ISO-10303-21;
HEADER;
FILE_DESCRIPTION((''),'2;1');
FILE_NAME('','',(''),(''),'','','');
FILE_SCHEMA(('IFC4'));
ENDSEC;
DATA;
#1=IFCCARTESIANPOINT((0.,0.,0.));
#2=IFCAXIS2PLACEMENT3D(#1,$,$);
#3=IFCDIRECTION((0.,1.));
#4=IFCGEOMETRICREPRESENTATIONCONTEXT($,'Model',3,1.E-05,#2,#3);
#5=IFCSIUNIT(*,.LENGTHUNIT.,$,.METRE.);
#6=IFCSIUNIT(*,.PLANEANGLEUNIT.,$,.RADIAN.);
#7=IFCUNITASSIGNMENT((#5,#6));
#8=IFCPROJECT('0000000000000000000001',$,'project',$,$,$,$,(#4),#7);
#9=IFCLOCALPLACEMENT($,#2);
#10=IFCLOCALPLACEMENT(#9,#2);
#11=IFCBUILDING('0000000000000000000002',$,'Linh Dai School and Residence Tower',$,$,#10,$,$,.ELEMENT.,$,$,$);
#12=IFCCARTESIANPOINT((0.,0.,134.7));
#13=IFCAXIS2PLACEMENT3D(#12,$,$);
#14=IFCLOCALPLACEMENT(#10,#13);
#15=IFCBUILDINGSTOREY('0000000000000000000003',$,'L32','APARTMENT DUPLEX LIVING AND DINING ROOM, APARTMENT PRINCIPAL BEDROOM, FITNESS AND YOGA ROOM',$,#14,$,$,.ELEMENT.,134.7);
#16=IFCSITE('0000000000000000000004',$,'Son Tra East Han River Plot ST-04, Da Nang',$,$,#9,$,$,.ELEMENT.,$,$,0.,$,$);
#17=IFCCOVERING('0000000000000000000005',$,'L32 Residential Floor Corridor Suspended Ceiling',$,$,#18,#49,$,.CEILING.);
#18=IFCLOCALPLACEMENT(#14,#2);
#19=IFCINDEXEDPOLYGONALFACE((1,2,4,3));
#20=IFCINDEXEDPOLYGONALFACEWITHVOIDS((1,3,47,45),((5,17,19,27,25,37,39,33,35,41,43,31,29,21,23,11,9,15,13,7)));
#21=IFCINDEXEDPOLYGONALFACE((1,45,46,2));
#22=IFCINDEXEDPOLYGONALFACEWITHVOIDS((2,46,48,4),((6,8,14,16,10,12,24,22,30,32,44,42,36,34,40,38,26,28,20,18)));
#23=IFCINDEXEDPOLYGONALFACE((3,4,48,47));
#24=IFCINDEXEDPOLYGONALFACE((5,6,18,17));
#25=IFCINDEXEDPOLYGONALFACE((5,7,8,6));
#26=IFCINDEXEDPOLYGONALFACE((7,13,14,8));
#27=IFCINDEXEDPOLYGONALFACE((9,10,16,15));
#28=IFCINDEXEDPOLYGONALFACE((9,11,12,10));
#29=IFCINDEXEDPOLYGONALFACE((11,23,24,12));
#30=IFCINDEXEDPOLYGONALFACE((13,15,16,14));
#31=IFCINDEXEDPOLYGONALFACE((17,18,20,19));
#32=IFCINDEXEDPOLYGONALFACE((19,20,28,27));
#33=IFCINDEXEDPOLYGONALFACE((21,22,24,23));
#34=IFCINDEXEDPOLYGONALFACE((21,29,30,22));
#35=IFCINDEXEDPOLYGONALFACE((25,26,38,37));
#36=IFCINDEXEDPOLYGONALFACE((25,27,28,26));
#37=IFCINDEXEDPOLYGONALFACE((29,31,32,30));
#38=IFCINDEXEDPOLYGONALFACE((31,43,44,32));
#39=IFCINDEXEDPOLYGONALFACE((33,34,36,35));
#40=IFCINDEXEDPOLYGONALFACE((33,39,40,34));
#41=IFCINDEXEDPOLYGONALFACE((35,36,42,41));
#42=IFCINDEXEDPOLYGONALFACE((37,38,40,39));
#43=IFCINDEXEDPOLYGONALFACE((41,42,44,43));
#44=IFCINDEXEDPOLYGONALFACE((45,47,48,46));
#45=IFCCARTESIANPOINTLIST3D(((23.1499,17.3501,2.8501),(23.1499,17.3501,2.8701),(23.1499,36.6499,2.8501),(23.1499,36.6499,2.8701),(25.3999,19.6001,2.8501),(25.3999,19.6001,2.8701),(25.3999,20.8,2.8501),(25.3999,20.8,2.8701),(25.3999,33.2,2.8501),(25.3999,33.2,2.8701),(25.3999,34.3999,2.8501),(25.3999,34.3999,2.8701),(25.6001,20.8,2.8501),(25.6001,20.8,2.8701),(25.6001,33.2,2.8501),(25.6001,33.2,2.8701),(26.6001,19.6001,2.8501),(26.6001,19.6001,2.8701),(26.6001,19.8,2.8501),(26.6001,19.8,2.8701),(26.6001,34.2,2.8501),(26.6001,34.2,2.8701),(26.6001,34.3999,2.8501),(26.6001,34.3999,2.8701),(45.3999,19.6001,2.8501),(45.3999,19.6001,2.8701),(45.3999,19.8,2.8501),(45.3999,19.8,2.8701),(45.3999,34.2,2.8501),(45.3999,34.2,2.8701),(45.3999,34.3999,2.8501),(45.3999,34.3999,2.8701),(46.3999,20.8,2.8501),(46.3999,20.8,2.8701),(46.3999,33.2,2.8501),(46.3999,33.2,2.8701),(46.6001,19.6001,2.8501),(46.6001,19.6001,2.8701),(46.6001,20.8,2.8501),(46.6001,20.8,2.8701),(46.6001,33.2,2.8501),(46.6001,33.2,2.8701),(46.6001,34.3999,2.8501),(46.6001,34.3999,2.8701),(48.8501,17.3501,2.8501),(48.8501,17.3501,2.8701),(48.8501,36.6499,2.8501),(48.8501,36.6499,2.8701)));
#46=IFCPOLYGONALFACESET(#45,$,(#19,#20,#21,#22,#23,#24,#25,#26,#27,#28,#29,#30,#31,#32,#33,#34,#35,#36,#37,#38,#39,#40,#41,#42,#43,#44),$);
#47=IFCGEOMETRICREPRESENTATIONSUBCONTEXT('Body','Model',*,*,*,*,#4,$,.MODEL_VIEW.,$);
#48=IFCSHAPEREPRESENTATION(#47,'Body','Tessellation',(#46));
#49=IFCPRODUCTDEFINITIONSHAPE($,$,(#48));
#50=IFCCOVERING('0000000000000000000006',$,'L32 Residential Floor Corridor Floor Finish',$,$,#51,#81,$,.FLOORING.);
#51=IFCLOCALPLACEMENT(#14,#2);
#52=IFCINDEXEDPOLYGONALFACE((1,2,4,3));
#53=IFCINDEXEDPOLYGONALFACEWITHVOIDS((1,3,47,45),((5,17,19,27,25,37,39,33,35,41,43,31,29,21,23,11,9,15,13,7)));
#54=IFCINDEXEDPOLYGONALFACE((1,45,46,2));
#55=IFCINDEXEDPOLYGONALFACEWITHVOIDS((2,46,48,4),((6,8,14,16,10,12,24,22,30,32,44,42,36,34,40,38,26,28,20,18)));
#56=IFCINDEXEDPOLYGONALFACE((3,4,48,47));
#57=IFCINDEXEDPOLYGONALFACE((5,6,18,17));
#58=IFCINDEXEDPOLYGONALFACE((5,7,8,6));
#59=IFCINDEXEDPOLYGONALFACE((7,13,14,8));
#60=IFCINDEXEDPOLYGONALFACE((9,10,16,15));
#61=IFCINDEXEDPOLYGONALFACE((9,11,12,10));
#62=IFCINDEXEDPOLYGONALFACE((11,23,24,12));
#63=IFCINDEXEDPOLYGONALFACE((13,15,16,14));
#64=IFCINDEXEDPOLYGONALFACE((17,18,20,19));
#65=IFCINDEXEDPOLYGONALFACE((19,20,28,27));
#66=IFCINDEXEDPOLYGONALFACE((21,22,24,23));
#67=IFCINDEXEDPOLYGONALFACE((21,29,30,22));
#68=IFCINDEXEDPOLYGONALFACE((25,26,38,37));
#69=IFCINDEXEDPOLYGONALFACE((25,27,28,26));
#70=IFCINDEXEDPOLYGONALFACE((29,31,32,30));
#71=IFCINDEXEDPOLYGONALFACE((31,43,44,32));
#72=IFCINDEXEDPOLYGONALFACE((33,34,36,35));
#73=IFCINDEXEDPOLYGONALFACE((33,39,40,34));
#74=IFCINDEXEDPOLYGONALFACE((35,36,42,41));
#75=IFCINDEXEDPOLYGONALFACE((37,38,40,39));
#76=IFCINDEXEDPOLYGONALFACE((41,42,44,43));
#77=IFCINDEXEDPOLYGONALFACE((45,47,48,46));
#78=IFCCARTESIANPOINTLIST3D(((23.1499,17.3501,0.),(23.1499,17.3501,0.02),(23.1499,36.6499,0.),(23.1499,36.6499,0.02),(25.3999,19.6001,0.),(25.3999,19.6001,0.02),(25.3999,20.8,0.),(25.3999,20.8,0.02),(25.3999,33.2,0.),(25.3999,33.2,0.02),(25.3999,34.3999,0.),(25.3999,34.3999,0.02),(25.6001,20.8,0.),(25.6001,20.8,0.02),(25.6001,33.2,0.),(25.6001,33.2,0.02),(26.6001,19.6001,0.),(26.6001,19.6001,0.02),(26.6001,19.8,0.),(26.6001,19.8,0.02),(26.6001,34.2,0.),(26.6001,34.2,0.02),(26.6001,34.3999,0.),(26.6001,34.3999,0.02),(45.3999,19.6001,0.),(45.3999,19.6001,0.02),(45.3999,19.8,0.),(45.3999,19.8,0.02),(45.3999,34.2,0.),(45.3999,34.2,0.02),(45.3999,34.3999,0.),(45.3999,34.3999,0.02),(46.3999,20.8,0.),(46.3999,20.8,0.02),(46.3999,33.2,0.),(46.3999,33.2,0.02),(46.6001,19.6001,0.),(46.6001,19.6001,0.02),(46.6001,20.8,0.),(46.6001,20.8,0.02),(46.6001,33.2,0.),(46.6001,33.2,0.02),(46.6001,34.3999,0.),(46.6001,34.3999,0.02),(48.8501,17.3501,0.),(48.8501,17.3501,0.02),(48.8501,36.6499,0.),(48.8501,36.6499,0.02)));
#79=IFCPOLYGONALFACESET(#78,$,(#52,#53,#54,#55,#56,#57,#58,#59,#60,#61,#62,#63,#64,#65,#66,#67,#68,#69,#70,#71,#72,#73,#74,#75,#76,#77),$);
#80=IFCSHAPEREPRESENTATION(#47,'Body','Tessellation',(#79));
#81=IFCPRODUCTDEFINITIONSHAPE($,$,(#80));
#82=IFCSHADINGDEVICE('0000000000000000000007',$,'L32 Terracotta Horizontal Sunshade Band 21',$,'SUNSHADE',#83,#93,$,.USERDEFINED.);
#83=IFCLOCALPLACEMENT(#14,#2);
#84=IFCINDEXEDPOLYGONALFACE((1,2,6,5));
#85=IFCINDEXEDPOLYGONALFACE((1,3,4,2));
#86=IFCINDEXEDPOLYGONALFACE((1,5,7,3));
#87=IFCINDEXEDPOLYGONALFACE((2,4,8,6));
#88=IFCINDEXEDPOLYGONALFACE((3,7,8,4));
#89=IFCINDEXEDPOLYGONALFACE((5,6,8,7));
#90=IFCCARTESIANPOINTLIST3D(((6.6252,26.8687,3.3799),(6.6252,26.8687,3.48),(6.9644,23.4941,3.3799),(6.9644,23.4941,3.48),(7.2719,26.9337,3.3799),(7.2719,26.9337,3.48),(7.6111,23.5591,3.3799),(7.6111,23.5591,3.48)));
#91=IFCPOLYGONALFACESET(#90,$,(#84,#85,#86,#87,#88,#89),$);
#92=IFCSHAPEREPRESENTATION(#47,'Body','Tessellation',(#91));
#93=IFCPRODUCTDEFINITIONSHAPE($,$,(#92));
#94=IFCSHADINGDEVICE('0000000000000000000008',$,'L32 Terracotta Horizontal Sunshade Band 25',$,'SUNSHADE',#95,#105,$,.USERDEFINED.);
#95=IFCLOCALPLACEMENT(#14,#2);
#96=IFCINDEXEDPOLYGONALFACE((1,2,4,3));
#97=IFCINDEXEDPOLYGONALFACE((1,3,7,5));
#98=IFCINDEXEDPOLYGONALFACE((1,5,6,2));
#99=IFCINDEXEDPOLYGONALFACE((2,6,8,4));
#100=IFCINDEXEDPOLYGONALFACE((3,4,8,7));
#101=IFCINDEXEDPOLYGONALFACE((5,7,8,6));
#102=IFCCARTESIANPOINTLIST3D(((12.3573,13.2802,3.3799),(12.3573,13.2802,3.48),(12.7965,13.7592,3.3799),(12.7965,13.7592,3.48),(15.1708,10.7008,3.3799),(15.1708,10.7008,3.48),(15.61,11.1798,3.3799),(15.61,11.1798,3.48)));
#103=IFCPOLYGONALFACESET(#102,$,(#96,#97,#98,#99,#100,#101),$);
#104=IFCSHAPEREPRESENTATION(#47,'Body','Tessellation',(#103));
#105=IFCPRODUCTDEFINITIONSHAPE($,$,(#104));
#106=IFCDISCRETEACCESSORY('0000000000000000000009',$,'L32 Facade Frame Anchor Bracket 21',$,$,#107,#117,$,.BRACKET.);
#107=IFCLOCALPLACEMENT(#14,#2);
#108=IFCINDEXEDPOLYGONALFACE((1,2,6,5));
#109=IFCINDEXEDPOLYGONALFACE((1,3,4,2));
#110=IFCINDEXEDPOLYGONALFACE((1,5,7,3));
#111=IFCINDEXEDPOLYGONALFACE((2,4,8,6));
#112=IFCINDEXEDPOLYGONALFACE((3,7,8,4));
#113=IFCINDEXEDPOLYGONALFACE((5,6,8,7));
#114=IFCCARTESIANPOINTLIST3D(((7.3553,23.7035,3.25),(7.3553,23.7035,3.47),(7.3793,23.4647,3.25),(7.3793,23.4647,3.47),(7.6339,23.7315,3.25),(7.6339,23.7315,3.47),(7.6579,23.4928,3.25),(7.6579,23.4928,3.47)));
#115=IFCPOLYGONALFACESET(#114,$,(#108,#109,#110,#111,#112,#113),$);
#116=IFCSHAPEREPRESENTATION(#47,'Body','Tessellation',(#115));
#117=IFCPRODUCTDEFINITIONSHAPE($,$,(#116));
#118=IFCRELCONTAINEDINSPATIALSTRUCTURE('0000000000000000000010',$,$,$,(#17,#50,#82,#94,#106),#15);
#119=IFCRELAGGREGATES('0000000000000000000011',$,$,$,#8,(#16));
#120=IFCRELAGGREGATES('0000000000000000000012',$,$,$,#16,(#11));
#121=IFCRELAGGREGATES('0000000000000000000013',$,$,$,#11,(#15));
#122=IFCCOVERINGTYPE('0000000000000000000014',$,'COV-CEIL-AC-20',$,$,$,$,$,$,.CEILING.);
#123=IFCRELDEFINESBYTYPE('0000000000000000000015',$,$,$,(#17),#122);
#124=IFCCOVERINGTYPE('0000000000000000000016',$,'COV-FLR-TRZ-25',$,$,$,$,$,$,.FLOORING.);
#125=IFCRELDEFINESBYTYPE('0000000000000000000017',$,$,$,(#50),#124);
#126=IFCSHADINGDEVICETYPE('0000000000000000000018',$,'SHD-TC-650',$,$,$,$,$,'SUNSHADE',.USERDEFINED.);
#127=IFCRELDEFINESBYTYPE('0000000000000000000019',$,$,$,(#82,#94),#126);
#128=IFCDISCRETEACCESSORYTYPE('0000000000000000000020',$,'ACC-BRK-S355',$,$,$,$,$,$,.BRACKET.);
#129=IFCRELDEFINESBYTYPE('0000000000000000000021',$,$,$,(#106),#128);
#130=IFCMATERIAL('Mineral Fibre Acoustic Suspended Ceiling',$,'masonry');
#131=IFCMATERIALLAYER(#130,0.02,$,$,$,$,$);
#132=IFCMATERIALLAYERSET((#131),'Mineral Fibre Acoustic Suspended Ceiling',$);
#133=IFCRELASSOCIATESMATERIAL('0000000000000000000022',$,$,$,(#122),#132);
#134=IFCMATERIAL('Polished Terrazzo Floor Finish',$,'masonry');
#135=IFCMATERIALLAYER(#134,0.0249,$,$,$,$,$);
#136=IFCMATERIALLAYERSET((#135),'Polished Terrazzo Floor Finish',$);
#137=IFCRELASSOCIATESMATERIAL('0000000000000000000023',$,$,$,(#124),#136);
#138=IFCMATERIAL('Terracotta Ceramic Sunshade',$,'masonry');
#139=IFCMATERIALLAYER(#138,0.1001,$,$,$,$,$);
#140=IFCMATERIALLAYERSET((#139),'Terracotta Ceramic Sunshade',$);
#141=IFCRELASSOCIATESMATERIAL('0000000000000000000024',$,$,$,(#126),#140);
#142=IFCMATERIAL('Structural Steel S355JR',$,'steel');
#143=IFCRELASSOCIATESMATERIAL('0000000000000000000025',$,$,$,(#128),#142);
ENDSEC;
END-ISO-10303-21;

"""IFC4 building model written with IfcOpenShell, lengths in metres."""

from ifc_helpers import new_model, si_unit, direction, frame, origin, origin_2d, place, context, subcontext, project, spatial, polyline, rectangle, outline, extrude, source, transform, mapped, material, layer, layer_set, type_object, element, save


model = new_model("IFC4")

# Units and contexts
model_context = context("Model", 3, precision=1e-05, world=origin(), true_north=direction((0.0, 1.0)))
body_context = subcontext(model_context, "Body", "Model", "MODEL_VIEW")
ifc_project = project(units=[si_unit("LENGTHUNIT", "METRE"), si_unit("PLANEANGLEUNIT", "RADIAN")], contexts=[model_context])

# Site, building, storey
site_placement = place(None, origin())
site = spatial("IfcSite", under=ifc_project, at=site_placement, Name="Son Tra East Han River Plot ST-04, Da Nang", CompositionType="ELEMENT", RefElevation=0.0)
building_placement = place(site_placement, origin())
building = spatial("IfcBuilding", under=site, at=building_placement, Name="Linh Dai School and Residence Tower", CompositionType="ELEMENT")
storey_placement = place(building_placement, frame((0.0, 0.0, 134.7)))
storey = spatial("IfcBuildingStorey", under=building, at=storey_placement, Name="L32", Description="APARTMENT DUPLEX LIVING AND DINING ROOM, APARTMENT PRINCIPAL BEDROOM, FITNESS AND YOGA ROOM", CompositionType="ELEMENT", Elevation=134.7)

# Shared definitions
ifc_material_1 = material(Name="Structural Steel S355JR", Category="steel")

# Coverings
ifc_material_2 = material(Name="Mineral Fibre Acoustic Suspended Ceiling", Category="masonry")
ifc_layer_1 = layer(ifc_material_2, 0.02)
ifc_layer_set_1 = layer_set([ifc_layer_1], Name="Mineral Fibre Acoustic Suspended Ceiling")
covering_type_1 = type_object("IfcCoveringType", Name="COV-CEIL-AC-20", PredefinedType="CEILING", material=ifc_layer_set_1)
covering_1_placement = place(storey_placement, frame((0.0, 0.0, 2.8501)))
element("IfcCovering", 1, at=covering_1_placement, inside=storey, type_object=covering_type_1, Name="L32 Residential Floor Corridor Suspended Ceiling", PredefinedType="CEILING", context=body_context, shape_type="SweptSolid", body=[
    extrude(outline(polyline([(48.8501, 36.6499), (48.8501, 17.3501), (23.1499, 17.3501), (23.1499, 36.6499), (48.8501, 36.6499)]), holes=[polyline([(26.6001, 34.2), (26.6001, 34.3999), (25.3999, 34.3999), (25.3999, 33.2), (25.6001, 33.2), (25.6001, 20.8), (25.3999, 20.8), (25.3999, 19.6001), (26.6001, 19.6001), (26.6001, 19.8), (45.3999, 19.8), (45.3999, 19.6001), (46.6001, 19.6001), (46.6001, 20.8), (46.3999, 20.8), (46.3999, 33.2), (46.6001, 33.2), (46.6001, 34.3999), (45.3999, 34.3999), (45.3999, 34.2), (26.6001, 34.2)])]), origin(), (0.0, 0.0, 1.0), 0.02),
])
ifc_material_3 = material(Name="Polished Terrazzo Floor Finish", Category="masonry")
ifc_layer_2 = layer(ifc_material_3, 0.0249)
ifc_layer_set_2 = layer_set([ifc_layer_2], Name="Polished Terrazzo Floor Finish")
covering_type_2 = type_object("IfcCoveringType", Name="COV-FLR-TRZ-25", PredefinedType="FLOORING", material=ifc_layer_set_2)
covering_2_placement = place(storey_placement, origin())
element("IfcCovering", 2, at=covering_2_placement, inside=storey, type_object=covering_type_2, Name="L32 Residential Floor Corridor Floor Finish", PredefinedType="FLOORING", context=body_context, shape_type="SweptSolid", body=[
    extrude(outline(polyline([(48.8501, 36.6499), (48.8501, 17.3501), (23.1499, 17.3501), (23.1499, 36.6499), (48.8501, 36.6499)]), holes=[polyline([(26.6001, 34.2), (26.6001, 34.3999), (25.3999, 34.3999), (25.3999, 33.2), (25.6001, 33.2), (25.6001, 20.8), (25.3999, 20.8), (25.3999, 19.6001), (26.6001, 19.6001), (26.6001, 19.8), (45.3999, 19.8), (45.3999, 19.6001), (46.6001, 19.6001), (46.6001, 20.8), (46.3999, 20.8), (46.3999, 33.2), (46.6001, 33.2), (46.6001, 34.3999), (45.3999, 34.3999), (45.3999, 34.2), (26.6001, 34.2)])]), origin(), (0.0, 0.0, 1.0), 0.02),
])

# Shading devices
ifc_material_4 = material(Name="Terracotta Ceramic Sunshade", Category="masonry")
ifc_layer_3 = layer(ifc_material_4, 0.1001)
ifc_layer_set_3 = layer_set([ifc_layer_3], Name="Terracotta Ceramic Sunshade")
shading_device_type = type_object("IfcShadingDeviceType", Name="SHD-TC-650", ElementType="SUNSHADE", PredefinedType="USERDEFINED", material=ifc_layer_set_3)
shared_shape_1 = source(origin(), body_context, "Body", "SweptSolid", [
    extrude(rectangle(XDim=3.3916, YDim=0.6499, at=origin_2d()), origin(), (0.0, 0.0, 1.0), 0.1001),
])
shading_device_1_placement = place(storey_placement, frame((7.1182, 25.2139, 3.3799), z_axis=(0.0, 0.0, 1.0), x_axis=(-0.100007, 0.994987, 0.0)))
element("IfcShadingDevice", 3, at=shading_device_1_placement, inside=storey, type_object=shading_device_type, Name="L32 Terracotta Horizontal Sunshade Band 21", ObjectType="SUNSHADE", PredefinedType="USERDEFINED", context=body_context, shape_type="MappedRepresentation", body=[
    mapped(shared_shape_1, transform((0.0, 0.0, 0.0), x_axis=(1.0, 0.0, 0.0), y_axis=(0.0, 1.0, 0.0), z_axis=(0.0, 0.0, 1.0), scale=1.0)),
])
shared_shape_2 = source(origin(), body_context, "Body", "SweptSolid", [
    extrude(rectangle(XDim=3.8169, YDim=0.6499, at=origin_2d()), origin(), (0.0, 0.0, 1.0), 0.1001),
])
shading_device_2_placement = place(storey_placement, frame((13.9836, 12.23, 3.3799), z_axis=(0.0, 0.0, 1.0), x_axis=(-0.7371, 0.675783, 0.0)))
element("IfcShadingDevice", 4, at=shading_device_2_placement, inside=storey, type_object=shading_device_type, Name="L32 Terracotta Horizontal Sunshade Band 25", ObjectType="SUNSHADE", PredefinedType="USERDEFINED", context=body_context, shape_type="MappedRepresentation", body=[
    mapped(shared_shape_2, transform((0.0, 0.0, 0.0), x_axis=(1.0, 0.0, 0.0), y_axis=(0.0, 1.0, 0.0), z_axis=(0.0, 0.0, 1.0), scale=1.0)),
])

# Discrete accessory
discrete_accessory_type = type_object("IfcDiscreteAccessoryType", Name="ACC-BRK-S355", PredefinedType="BRACKET", material=ifc_material_1)
shared_shape_3 = source(origin(), body_context, "Body", "SweptSolid", [
    extrude(rectangle(XDim=0.28, YDim=0.24, at=origin_2d()), origin(), (0.0, 0.0, 1.0), 0.22),
])
discrete_accessory_placement = place(storey_placement, frame((7.5066, 23.5981, 3.25), z_axis=(0.0, 0.0, 1.0), x_axis=(-0.994987, -0.100007, 0.0)))
element("IfcDiscreteAccessory", 5, at=discrete_accessory_placement, inside=storey, type_object=discrete_accessory_type, Name="L32 Facade Frame Anchor Bracket 21", PredefinedType="BRACKET", context=body_context, shape_type="MappedRepresentation", body=[
    mapped(shared_shape_3, transform((0.0, 0.0, 0.0), x_axis=(1.0, 0.0, 0.0), y_axis=(0.0, 1.0, 0.0), z_axis=(0.0, 0.0, 1.0), scale=1.0)),
])

save(model, "model.ifc")
